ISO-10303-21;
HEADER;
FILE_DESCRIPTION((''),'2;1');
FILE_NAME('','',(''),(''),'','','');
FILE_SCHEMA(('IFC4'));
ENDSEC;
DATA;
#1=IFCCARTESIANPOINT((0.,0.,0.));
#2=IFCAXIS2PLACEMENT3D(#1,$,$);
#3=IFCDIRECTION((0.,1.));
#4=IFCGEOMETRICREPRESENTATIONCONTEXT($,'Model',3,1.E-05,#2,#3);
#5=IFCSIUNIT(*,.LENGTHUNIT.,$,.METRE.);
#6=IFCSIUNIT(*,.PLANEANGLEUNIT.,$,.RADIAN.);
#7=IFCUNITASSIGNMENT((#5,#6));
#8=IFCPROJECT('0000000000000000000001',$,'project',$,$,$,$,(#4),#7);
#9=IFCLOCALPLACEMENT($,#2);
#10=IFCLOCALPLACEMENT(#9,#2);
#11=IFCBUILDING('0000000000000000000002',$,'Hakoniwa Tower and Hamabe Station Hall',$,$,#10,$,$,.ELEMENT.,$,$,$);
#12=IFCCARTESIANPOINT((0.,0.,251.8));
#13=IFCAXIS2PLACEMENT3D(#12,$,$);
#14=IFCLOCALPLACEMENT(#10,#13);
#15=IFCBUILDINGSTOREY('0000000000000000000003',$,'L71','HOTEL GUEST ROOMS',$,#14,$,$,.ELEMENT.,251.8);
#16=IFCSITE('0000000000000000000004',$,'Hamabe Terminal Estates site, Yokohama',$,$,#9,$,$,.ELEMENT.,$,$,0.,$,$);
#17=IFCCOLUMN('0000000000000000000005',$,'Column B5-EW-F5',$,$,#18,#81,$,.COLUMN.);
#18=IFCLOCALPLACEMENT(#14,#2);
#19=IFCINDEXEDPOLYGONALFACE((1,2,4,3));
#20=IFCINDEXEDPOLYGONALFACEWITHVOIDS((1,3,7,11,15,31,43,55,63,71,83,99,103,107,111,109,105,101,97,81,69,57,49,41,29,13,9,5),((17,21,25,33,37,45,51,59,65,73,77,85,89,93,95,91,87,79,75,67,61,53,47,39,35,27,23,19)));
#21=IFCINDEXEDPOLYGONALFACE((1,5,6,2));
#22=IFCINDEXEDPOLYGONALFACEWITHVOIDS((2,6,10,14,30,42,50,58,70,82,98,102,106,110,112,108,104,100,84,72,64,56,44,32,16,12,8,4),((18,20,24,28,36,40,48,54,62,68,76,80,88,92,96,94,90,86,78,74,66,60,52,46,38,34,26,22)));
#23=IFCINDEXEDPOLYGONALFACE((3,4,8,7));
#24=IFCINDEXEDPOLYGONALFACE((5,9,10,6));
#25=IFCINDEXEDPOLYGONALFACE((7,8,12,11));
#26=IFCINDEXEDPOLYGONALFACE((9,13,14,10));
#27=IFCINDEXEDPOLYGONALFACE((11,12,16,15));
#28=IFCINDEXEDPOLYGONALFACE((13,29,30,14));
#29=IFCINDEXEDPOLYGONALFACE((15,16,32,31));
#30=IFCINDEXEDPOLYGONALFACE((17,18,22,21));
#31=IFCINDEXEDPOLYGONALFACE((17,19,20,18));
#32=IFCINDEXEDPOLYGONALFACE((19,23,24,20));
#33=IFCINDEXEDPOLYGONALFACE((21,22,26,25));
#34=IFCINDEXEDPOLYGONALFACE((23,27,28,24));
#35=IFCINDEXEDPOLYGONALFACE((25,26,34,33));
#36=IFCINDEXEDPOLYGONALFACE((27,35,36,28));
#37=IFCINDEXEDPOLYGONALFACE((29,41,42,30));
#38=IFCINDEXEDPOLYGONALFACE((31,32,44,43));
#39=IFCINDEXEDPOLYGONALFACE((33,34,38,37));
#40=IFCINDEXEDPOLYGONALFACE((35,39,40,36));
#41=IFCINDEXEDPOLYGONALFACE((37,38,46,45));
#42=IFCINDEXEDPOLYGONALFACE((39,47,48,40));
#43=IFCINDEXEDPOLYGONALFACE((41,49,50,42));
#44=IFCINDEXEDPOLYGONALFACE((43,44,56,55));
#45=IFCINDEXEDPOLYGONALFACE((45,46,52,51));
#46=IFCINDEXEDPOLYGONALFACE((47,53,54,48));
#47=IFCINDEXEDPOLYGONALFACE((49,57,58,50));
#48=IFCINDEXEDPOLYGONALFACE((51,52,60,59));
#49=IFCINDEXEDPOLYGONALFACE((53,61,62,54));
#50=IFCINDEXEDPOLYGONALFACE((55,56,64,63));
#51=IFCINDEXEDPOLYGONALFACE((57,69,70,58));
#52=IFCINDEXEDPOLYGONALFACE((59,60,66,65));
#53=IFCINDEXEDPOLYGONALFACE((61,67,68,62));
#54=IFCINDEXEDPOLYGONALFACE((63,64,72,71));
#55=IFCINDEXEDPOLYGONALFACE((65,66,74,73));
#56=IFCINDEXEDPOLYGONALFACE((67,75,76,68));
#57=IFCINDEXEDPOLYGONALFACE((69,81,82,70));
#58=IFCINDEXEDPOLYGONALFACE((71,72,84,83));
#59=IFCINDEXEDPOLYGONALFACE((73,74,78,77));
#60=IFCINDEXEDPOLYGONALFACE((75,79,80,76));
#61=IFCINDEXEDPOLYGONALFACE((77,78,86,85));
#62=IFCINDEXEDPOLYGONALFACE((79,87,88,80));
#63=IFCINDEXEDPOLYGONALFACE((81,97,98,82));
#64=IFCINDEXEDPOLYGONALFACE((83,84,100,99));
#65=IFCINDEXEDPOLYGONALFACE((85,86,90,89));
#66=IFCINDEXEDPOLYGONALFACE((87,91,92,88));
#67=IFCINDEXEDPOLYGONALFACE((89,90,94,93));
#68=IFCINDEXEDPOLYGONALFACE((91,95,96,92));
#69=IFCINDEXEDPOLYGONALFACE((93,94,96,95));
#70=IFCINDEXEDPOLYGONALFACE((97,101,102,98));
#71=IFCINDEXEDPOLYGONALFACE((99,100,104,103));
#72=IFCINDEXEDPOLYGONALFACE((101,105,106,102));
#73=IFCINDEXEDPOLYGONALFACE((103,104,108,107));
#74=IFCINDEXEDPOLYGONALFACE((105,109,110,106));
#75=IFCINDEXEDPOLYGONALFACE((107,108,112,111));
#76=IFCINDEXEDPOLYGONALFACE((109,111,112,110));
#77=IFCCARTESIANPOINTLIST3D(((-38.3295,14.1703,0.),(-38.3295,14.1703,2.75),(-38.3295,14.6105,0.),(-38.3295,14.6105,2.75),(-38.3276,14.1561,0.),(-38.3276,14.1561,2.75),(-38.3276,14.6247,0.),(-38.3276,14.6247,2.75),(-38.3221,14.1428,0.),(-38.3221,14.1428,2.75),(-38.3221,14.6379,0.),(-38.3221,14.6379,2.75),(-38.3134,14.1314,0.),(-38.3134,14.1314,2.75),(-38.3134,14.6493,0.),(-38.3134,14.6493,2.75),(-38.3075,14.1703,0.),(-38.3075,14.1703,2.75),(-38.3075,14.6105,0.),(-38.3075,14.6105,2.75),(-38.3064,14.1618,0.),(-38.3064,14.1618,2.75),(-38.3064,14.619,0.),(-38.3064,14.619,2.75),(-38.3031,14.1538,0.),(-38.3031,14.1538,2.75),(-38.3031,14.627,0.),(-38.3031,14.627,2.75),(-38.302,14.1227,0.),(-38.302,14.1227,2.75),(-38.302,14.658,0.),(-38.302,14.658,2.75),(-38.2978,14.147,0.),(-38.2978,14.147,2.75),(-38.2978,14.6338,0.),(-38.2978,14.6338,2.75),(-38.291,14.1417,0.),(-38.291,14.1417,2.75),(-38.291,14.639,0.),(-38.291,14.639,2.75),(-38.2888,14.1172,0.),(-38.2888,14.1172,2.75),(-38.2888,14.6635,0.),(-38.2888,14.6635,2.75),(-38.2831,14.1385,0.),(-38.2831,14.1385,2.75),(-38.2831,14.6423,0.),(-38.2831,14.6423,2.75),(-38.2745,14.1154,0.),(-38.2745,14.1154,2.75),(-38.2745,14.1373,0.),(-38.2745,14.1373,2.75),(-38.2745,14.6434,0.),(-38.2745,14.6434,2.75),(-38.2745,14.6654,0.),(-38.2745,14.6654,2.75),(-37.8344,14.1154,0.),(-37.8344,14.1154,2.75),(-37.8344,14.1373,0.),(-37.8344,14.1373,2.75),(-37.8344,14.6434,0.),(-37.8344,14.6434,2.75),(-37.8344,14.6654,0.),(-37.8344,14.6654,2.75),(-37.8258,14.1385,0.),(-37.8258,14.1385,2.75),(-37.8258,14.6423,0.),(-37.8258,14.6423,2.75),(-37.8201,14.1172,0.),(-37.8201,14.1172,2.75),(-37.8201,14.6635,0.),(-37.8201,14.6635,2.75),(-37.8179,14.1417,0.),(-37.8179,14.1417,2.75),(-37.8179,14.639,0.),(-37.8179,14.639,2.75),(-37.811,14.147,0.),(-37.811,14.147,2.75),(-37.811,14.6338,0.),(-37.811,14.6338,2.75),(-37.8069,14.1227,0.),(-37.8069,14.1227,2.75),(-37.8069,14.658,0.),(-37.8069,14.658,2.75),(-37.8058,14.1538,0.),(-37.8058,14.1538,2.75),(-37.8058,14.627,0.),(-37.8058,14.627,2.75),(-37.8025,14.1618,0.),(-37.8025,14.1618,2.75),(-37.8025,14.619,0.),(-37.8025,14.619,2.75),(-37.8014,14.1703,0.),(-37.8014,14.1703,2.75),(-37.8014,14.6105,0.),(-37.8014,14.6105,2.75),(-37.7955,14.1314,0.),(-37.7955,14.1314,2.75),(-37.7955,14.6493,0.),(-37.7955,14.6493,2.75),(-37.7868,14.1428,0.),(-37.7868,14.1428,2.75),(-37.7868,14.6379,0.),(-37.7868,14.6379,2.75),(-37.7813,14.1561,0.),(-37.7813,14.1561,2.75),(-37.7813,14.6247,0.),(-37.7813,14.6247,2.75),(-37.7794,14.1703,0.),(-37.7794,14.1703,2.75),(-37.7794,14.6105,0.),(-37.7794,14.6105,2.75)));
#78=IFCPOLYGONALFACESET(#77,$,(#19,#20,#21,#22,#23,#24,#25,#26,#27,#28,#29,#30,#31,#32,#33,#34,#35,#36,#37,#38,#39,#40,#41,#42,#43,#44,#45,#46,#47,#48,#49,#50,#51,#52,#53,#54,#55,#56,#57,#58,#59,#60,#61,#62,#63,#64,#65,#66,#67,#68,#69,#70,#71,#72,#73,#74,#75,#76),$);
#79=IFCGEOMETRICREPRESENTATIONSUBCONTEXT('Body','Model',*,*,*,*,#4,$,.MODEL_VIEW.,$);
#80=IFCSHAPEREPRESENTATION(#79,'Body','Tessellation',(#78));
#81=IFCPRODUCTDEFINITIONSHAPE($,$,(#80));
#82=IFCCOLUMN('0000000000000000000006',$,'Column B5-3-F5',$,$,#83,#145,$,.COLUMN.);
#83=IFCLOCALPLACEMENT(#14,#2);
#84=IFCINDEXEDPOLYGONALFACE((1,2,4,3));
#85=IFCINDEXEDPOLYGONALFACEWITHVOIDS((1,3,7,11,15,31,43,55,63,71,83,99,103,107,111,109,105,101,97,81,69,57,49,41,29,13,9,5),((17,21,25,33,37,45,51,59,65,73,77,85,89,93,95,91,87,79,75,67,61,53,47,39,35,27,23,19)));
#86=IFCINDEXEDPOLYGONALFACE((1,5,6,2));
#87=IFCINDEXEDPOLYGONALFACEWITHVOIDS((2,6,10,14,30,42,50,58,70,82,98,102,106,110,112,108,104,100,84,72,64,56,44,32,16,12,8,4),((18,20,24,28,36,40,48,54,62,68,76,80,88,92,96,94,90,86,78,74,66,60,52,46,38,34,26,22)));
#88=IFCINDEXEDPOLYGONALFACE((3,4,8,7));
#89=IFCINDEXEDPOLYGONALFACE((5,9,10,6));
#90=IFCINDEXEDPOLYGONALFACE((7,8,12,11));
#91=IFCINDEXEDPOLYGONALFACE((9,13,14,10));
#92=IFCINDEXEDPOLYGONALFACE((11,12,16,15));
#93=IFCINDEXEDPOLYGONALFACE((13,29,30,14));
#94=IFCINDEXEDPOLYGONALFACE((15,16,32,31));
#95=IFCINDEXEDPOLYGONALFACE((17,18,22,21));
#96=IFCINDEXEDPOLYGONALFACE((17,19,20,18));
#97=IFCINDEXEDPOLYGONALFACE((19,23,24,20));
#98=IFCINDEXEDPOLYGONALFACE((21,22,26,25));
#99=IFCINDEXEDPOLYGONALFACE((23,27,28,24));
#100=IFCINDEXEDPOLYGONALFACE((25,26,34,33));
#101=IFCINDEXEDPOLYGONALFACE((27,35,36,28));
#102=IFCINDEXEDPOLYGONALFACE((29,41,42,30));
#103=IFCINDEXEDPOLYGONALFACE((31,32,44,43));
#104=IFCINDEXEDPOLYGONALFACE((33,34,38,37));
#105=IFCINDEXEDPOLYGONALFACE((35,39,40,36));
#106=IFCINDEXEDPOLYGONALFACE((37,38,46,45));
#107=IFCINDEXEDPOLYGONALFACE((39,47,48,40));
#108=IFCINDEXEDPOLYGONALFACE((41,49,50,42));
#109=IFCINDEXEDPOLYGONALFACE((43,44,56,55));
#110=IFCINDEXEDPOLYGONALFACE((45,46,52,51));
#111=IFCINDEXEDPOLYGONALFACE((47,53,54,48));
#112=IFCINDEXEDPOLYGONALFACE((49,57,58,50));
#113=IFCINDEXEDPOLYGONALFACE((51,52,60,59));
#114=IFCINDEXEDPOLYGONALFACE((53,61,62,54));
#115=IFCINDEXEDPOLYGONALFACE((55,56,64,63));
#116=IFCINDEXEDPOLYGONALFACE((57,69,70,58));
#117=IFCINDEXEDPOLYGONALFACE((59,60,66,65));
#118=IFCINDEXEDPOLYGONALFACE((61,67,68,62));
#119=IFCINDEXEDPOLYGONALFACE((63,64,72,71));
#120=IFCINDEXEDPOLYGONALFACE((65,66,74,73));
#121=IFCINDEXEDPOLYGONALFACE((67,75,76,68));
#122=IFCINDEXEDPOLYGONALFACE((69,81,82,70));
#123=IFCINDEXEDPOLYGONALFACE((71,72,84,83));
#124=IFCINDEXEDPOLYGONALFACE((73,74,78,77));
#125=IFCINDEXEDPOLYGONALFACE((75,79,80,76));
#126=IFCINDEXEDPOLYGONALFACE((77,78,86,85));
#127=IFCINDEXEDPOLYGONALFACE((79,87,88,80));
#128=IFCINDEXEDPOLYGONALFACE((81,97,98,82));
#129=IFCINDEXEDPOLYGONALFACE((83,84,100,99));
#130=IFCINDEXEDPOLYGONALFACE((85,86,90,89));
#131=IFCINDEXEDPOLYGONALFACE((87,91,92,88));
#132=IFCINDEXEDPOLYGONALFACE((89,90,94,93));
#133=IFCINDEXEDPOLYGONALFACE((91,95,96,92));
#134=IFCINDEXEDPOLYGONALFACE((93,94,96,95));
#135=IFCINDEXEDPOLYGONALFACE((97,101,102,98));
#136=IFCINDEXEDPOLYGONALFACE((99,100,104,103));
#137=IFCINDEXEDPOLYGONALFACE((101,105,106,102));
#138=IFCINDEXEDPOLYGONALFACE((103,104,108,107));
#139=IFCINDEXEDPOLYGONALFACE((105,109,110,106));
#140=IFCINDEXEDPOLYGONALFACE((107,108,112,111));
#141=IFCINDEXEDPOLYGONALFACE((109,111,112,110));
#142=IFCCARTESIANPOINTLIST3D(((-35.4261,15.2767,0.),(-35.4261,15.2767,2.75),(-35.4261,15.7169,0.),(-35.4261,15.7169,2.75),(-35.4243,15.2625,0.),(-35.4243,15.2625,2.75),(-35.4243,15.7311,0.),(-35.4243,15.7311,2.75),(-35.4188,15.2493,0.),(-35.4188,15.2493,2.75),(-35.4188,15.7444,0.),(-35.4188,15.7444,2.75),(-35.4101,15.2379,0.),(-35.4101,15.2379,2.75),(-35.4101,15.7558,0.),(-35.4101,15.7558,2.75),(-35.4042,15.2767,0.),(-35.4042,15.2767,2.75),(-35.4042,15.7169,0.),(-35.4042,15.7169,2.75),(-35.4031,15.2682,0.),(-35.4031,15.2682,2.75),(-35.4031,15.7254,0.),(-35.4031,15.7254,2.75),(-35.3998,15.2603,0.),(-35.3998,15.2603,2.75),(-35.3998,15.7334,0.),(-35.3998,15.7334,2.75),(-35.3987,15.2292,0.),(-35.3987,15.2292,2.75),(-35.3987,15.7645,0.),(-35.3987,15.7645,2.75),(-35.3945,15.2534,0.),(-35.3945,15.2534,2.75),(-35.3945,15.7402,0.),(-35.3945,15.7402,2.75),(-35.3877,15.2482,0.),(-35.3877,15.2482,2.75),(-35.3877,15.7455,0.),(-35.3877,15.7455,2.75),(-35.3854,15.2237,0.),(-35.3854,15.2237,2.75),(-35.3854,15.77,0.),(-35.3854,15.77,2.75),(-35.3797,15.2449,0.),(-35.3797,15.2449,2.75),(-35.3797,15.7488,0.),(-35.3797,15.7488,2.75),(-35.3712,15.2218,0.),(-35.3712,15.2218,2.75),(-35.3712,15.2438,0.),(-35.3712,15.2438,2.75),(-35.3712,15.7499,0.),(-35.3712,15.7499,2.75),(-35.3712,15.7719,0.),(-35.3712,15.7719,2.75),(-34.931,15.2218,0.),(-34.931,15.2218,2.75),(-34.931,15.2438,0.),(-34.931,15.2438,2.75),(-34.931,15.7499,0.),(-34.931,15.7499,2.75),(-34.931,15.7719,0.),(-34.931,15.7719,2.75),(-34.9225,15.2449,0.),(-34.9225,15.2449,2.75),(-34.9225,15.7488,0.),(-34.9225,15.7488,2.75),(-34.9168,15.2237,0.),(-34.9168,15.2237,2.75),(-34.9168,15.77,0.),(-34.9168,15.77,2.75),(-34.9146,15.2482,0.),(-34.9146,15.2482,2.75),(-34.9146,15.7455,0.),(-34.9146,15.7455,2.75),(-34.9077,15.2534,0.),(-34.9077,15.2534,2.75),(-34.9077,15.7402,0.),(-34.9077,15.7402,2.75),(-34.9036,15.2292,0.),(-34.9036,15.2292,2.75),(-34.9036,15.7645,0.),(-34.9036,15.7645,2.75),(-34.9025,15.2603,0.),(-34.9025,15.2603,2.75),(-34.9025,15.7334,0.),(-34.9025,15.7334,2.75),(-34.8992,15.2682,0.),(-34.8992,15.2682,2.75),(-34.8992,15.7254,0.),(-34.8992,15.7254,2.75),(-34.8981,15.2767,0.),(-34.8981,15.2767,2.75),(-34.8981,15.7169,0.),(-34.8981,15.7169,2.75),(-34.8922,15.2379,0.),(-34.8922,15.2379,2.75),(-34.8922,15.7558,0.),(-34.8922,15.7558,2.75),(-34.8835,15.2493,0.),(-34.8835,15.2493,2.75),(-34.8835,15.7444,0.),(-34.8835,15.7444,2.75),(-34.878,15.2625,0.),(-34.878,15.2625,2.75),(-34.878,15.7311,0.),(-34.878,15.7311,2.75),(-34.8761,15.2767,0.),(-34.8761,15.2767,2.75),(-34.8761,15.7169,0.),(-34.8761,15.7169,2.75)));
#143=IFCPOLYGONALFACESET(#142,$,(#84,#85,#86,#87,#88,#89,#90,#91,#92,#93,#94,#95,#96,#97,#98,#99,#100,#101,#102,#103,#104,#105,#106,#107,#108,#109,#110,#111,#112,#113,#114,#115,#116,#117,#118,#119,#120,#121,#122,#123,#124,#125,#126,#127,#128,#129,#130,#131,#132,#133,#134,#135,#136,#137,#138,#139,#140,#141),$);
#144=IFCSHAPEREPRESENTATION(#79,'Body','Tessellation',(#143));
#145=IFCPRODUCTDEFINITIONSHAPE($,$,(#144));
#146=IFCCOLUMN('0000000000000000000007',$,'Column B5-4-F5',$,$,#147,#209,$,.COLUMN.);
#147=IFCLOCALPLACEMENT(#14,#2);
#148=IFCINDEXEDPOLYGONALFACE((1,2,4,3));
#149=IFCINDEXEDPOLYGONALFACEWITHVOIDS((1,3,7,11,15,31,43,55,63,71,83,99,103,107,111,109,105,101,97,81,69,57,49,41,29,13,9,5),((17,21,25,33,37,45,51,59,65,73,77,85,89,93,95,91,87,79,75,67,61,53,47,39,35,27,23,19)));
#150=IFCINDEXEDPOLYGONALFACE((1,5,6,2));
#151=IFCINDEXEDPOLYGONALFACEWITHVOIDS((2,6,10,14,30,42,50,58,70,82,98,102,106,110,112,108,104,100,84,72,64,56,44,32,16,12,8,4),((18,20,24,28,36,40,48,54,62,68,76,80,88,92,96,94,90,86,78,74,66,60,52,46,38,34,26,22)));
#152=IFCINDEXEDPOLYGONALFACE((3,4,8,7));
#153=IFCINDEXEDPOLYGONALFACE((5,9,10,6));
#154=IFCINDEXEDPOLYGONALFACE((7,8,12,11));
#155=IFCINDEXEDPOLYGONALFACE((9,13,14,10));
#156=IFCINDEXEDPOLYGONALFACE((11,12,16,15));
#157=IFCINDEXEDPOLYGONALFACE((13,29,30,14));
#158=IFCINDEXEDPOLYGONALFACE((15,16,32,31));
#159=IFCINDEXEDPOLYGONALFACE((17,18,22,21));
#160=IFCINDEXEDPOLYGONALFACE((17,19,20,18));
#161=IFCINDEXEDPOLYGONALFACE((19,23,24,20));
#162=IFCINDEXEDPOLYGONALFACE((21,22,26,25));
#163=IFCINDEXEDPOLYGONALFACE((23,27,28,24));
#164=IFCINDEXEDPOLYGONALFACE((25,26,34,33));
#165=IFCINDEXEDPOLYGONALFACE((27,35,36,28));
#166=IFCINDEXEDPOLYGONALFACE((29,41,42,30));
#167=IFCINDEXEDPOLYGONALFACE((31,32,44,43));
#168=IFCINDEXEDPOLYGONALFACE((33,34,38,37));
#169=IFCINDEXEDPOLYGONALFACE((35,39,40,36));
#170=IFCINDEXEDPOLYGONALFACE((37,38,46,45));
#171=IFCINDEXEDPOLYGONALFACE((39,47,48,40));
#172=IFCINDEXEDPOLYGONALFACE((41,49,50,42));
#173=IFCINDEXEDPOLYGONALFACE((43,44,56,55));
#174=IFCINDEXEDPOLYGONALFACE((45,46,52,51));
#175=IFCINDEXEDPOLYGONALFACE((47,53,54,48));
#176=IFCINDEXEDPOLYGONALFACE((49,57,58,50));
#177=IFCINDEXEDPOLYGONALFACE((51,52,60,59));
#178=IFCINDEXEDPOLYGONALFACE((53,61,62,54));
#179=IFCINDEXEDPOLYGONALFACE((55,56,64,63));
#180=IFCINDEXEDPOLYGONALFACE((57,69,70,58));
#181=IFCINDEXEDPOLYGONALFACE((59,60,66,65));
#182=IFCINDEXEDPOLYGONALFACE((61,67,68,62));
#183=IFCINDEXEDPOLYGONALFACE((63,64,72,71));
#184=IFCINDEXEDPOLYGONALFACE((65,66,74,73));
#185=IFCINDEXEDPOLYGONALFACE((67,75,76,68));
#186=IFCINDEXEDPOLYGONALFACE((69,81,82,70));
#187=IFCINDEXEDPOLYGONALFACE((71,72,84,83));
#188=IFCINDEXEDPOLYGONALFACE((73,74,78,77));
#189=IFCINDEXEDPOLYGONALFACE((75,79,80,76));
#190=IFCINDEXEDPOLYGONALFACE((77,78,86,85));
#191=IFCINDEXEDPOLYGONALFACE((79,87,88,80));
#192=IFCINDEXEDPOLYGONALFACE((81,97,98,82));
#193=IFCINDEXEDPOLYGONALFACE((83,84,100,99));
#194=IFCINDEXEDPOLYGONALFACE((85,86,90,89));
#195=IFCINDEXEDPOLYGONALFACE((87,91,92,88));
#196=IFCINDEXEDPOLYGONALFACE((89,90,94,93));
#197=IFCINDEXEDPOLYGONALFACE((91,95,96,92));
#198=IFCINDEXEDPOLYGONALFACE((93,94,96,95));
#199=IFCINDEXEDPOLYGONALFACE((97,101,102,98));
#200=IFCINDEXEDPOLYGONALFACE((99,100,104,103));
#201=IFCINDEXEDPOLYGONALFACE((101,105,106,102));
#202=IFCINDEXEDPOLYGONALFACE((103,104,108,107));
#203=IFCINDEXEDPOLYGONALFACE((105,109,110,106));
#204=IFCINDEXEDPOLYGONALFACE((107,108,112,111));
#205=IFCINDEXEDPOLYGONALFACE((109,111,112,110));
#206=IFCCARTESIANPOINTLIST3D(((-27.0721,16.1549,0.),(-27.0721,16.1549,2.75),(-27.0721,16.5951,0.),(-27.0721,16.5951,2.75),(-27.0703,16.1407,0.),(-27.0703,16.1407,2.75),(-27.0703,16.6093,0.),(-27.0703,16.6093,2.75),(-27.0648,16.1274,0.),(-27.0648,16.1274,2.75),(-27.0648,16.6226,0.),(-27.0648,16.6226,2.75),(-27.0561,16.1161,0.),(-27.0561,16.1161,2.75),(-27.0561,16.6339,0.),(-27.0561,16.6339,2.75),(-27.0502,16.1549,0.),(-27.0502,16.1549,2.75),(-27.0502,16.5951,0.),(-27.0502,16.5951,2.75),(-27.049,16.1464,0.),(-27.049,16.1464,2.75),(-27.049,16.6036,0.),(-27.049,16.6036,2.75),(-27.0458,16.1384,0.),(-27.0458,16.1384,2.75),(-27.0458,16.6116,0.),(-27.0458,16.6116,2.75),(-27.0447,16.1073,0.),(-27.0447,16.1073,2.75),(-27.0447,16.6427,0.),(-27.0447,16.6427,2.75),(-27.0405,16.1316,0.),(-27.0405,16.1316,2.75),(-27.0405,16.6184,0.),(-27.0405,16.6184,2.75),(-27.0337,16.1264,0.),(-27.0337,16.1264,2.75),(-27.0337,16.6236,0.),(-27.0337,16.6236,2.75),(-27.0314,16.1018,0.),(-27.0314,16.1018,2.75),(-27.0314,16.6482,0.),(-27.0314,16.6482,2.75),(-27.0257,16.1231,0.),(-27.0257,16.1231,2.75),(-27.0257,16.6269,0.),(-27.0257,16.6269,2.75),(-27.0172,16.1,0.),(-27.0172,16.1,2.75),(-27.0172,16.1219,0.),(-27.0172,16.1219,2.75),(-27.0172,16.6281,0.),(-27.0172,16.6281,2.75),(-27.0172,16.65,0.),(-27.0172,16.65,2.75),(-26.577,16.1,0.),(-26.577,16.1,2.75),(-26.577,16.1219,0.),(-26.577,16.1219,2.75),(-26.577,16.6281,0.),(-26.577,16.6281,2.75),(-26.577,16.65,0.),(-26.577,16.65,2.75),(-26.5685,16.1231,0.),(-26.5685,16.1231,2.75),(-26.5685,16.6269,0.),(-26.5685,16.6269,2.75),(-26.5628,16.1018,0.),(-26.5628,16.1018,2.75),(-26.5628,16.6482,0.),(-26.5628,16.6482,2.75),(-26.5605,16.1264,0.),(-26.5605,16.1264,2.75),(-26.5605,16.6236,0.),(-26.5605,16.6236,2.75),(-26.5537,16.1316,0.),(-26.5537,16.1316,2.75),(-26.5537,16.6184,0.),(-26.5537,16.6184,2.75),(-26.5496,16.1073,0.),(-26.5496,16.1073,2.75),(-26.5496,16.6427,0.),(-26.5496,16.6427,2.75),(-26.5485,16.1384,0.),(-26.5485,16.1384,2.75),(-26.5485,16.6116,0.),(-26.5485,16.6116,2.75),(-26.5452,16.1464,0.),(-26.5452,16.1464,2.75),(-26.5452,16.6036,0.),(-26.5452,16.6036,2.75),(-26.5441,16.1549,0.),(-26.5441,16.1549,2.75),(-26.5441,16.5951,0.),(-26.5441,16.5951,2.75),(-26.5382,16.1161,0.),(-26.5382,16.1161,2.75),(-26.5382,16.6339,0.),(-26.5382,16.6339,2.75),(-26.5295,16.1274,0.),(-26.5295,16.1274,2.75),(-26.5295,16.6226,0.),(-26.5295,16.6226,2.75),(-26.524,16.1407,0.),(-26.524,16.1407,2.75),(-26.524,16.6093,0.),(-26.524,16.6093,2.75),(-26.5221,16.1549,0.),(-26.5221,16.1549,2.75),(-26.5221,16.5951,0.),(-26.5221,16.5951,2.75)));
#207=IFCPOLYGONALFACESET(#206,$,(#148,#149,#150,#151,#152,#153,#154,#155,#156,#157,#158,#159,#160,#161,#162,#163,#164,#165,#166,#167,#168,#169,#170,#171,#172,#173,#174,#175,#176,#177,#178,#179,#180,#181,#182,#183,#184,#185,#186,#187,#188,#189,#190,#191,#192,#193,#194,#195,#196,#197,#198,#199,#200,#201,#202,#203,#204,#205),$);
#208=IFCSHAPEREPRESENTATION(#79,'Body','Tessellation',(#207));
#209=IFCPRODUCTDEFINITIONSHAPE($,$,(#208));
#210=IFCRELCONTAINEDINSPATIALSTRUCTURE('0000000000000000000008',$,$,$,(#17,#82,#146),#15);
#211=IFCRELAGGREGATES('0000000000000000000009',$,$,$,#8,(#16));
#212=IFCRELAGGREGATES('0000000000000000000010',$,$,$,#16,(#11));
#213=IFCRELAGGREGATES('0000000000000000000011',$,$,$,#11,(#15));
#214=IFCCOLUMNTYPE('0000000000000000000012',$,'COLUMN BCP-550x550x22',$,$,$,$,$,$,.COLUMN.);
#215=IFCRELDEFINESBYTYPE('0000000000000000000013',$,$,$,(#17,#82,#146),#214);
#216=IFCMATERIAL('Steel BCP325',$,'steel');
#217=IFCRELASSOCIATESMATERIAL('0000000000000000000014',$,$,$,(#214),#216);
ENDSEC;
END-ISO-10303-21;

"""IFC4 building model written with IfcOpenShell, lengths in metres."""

from ifc_helpers import new_model, si_unit, direction, frame, origin, origin_2d, place, context, subcontext, project, spatial, hollow_rectangle, extrude, material, material_profile, profile_set, type_object, element, save


model = new_model("IFC4")

# Units and contexts
model_context = context("Model", 3, precision=1e-05, world=origin(), true_north=direction((0.0, 1.0)))
body_context = subcontext(model_context, "Body", "Model", "MODEL_VIEW")
ifc_project = project(units=[si_unit("LENGTHUNIT", "METRE"), si_unit("PLANEANGLEUNIT", "RADIAN")], contexts=[model_context])

# Site, building, storey
site_placement = place(None, origin())
site = spatial("IfcSite", under=ifc_project, at=site_placement, Name="Hamabe Terminal Estates site, Yokohama", CompositionType="ELEMENT", RefElevation=0.0)
building_placement = place(site_placement, origin())
building = spatial("IfcBuilding", under=site, at=building_placement, Name="Hakoniwa Tower and Hamabe Station Hall", CompositionType="ELEMENT")
storey_placement = place(building_placement, frame((0.0, 0.0, 251.8)))
storey = spatial("IfcBuildingStorey", under=building, at=storey_placement, Name="L71", Description="HOTEL GUEST ROOMS", CompositionType="ELEMENT", Elevation=251.8)

# Columns
ifc_material_1 = material(Name="Steel BCP325", Category="steel")
ifc_material_profile_1 = material_profile(ifc_material_1, hollow_rectangle(XDim=0.55, YDim=0.55, WallThickness=0.022, InnerFilletRadius=0.033, OuterFilletRadius=0.0549, at=origin_2d()), Name="BCP-550x550x22")
ifc_profile_set_1 = profile_set([ifc_material_profile_1], Name="Steel BCP325")
column_type = type_object("IfcColumnType", Name="COLUMN BCP-550x550x22", PredefinedType="COLUMN", material=ifc_profile_set_1)
for number, where, z_axis, x_axis, name in (
    (1, (-38.0544, 14.3904, 0.0), (0.0, 0.0, 1.0), (1.0, 0.0, 0.0), "Column B5-EW-F5"),
    (2, (-35.1511, 15.4968, 0.0), (0.0, 0.0, 1.0), (1.0, 0.0, 0.0), "Column B5-3-F5"),
    (3, (-26.7971, 16.375, 0.0), (0.0, 0.0, 1.0), (1.0, 0.0, 0.0), "Column B5-4-F5"),
):
    element("IfcColumn", number, at=place(storey_placement, frame(where, z_axis=z_axis, x_axis=x_axis)), inside=storey, type_object=column_type, Name=name, PredefinedType="COLUMN", context=body_context, shape_type="SweptSolid", body=[
        extrude(hollow_rectangle(XDim=0.55, YDim=0.55, WallThickness=0.022, InnerFilletRadius=0.033, OuterFilletRadius=0.0549, at=origin_2d()), origin(), (0.0, 0.0, 1.0), 2.75),
    ])

save(model, "model.ifc")
